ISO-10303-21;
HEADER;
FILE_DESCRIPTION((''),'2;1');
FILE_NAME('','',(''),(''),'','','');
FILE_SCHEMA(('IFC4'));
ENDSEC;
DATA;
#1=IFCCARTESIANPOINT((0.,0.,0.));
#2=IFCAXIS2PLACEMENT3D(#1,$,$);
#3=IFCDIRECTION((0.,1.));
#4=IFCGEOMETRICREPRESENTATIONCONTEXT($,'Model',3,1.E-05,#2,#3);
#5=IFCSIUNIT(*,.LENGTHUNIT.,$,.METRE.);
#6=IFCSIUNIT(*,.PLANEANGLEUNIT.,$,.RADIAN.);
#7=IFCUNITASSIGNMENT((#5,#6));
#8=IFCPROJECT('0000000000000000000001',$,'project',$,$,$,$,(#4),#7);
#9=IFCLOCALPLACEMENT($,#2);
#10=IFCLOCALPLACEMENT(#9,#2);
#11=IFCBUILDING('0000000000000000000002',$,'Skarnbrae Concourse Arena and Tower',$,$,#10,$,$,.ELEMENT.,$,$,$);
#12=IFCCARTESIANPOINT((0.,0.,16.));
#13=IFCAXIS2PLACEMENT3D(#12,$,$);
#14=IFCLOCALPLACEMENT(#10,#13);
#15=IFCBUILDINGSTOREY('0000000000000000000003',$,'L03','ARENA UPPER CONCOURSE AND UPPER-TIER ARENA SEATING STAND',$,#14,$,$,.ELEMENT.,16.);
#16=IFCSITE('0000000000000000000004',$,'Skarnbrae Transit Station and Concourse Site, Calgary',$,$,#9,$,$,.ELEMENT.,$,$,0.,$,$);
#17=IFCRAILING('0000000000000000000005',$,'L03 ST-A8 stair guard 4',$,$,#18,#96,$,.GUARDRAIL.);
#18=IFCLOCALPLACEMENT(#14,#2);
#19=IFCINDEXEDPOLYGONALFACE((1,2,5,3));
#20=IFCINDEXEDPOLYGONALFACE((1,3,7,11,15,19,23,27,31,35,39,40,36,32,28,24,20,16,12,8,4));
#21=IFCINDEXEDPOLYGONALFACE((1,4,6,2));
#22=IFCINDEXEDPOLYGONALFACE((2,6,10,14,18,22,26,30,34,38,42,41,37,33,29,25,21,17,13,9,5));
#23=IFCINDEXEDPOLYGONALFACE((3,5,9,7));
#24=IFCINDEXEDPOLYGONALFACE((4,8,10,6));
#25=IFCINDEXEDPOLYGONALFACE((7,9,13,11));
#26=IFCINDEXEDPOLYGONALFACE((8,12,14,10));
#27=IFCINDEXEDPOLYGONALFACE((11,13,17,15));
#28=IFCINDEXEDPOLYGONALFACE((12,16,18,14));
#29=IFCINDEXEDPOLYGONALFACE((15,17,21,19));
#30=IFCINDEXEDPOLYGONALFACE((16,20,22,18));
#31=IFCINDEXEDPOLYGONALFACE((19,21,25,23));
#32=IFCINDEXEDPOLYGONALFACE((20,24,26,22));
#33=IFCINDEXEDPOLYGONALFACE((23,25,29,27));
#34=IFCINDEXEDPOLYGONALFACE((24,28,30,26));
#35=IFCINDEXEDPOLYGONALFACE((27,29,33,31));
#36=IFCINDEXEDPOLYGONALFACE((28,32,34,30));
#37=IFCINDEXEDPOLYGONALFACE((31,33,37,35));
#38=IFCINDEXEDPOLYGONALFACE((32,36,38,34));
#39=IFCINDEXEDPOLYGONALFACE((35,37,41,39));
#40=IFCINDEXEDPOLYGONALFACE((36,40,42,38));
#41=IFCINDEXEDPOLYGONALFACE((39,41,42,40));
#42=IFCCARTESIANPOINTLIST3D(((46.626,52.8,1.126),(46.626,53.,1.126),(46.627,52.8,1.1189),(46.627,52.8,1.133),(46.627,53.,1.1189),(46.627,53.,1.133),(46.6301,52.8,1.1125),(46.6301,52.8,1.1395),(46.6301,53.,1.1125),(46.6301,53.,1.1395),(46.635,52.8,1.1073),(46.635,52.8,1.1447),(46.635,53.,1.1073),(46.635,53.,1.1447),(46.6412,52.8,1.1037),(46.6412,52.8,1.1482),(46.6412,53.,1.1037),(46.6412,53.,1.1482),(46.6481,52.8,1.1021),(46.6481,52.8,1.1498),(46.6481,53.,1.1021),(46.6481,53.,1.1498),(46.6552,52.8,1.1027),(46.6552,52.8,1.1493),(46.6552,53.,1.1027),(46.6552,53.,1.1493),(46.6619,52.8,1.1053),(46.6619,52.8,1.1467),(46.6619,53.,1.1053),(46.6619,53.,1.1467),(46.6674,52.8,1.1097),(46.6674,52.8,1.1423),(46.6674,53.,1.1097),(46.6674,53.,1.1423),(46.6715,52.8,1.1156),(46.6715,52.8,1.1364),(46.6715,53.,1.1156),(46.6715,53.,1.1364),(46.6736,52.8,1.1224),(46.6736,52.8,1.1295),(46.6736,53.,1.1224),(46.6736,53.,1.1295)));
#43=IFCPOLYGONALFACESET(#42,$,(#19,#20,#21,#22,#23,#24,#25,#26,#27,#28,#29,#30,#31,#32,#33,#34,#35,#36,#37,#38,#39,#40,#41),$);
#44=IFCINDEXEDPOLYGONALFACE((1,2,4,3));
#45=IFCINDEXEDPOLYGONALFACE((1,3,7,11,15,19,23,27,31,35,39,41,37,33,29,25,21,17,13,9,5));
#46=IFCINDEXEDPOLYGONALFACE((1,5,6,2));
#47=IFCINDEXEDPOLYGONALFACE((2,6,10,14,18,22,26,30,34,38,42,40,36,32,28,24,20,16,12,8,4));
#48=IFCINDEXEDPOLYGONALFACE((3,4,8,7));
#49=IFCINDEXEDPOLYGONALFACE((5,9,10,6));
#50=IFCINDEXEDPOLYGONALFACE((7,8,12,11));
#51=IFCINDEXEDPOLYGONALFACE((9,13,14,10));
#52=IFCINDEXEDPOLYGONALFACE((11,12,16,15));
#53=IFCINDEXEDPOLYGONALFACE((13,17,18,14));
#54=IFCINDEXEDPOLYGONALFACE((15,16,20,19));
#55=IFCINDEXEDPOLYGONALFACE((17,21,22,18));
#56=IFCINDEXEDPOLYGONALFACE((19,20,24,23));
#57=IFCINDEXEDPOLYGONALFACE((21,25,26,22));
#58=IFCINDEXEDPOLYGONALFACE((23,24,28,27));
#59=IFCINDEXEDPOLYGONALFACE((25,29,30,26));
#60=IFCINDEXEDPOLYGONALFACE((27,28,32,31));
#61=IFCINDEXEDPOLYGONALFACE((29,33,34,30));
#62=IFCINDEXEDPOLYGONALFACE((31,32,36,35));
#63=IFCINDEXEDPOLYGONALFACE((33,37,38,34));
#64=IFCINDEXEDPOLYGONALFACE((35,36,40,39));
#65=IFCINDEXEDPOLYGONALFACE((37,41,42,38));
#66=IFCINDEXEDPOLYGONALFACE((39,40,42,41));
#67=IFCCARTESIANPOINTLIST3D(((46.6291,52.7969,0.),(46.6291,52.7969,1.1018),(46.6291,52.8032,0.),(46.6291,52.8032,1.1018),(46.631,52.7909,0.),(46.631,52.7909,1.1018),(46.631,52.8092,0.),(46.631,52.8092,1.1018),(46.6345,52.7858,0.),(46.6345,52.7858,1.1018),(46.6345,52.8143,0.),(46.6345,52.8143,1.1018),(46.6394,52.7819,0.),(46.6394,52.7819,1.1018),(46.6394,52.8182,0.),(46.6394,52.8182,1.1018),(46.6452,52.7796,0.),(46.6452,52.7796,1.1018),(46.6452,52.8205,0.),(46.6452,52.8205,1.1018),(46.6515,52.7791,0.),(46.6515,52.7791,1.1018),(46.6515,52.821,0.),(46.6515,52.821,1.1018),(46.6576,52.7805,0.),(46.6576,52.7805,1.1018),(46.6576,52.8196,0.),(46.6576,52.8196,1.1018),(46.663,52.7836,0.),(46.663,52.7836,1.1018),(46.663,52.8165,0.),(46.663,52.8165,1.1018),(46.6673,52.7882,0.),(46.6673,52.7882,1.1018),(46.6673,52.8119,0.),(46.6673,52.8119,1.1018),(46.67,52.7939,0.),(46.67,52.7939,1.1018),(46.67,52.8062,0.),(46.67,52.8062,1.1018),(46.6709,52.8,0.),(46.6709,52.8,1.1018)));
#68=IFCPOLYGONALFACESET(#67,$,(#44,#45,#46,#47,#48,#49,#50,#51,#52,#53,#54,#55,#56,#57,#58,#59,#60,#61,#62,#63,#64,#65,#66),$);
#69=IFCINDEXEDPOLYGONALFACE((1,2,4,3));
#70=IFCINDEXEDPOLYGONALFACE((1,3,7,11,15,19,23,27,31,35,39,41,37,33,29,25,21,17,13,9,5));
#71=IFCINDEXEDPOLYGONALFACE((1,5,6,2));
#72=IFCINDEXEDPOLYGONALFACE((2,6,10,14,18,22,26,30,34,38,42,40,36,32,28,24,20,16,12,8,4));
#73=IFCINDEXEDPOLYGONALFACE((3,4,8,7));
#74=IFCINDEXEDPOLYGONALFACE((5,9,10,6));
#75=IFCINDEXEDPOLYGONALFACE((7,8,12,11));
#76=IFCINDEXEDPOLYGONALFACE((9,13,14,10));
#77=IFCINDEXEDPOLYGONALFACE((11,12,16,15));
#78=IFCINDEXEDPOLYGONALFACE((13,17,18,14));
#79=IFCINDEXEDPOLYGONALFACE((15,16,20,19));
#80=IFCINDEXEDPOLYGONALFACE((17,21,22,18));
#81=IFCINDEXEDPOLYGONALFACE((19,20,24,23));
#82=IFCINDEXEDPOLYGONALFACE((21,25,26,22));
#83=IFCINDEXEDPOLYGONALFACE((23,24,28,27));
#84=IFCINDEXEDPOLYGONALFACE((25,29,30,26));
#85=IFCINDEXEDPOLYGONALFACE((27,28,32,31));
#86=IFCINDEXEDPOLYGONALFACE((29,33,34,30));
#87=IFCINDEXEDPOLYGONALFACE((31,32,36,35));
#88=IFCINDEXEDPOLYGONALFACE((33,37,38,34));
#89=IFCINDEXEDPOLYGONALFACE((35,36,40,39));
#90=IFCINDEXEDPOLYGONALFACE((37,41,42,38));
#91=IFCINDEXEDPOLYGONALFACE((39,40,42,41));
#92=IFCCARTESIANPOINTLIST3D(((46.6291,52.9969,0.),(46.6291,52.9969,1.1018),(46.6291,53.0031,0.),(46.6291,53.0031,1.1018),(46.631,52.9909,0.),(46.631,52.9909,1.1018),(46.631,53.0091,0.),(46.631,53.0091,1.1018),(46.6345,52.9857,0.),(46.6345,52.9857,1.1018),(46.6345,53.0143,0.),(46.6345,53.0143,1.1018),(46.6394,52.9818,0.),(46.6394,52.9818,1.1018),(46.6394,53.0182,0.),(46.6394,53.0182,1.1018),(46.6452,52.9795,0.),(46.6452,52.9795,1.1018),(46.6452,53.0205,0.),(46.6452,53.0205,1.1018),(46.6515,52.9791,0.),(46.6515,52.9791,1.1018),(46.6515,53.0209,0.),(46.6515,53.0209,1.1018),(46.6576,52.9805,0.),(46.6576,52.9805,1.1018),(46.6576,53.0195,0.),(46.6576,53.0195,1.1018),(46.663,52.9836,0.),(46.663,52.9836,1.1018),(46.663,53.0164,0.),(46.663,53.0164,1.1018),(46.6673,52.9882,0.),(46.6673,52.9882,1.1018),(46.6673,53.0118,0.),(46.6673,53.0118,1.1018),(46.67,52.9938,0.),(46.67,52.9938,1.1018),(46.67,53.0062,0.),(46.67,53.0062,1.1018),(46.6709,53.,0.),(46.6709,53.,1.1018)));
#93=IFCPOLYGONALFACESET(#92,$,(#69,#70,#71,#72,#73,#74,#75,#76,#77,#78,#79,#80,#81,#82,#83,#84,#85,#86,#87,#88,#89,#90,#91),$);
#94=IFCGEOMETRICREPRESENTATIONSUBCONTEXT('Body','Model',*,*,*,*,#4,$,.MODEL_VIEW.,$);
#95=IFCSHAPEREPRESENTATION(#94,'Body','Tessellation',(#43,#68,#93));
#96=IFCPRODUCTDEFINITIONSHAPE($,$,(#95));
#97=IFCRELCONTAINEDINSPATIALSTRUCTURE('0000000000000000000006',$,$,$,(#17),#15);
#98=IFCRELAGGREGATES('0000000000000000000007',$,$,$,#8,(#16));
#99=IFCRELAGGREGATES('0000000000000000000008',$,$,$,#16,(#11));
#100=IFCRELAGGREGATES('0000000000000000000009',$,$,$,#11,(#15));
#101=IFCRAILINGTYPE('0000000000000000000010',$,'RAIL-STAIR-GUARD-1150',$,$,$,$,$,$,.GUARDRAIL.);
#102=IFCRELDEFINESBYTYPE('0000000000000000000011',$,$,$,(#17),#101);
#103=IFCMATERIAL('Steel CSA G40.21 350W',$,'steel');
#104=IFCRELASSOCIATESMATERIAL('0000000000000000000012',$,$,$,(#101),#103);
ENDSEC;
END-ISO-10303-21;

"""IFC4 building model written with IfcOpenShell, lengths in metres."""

from ifc_helpers import new_model, si_unit, direction, frame, origin, origin_2d, place, context, subcontext, project, spatial, circle, extrude, material, type_object, element, save


model = new_model("IFC4")

# Units and contexts
model_context = context("Model", 3, precision=1e-05, world=origin(), true_north=direction((0.0, 1.0)))
body_context = subcontext(model_context, "Body", "Model", "MODEL_VIEW")
ifc_project = project(units=[si_unit("LENGTHUNIT", "METRE"), si_unit("PLANEANGLEUNIT", "RADIAN")], contexts=[model_context])

# Site, building, storey
site_placement = place(None, origin())
site = spatial("IfcSite", under=ifc_project, at=site_placement, Name="Skarnbrae Transit Station and Concourse Site, Calgary", CompositionType="ELEMENT", RefElevation=0.0)
building_placement = place(site_placement, origin())
building = spatial("IfcBuilding", under=site, at=building_placement, Name="Skarnbrae Concourse Arena and Tower", CompositionType="ELEMENT")
storey_placement = place(building_placement, frame((0.0, 0.0, 16.0)))
storey = spatial("IfcBuildingStorey", under=building, at=storey_placement, Name="L03", Description="ARENA UPPER CONCOURSE AND UPPER-TIER ARENA SEATING STAND", CompositionType="ELEMENT", Elevation=16.0)

# Shared definitions
ifc_material_1 = material(Name="Steel CSA G40.21 350W", Category="steel")

# Railing
railing_type_1 = type_object("IfcRailingType", Name="RAIL-STAIR-GUARD-1150", PredefinedType="GUARDRAIL", material=ifc_material_1)
railing_1_placement = place(storey_placement, frame((46.6499, 52.8, 0.0)))
element("IfcRailing", 1, at=railing_1_placement, inside=storey, type_object=railing_type_1, Name="L03 ST-A8 stair guard 4", PredefinedType="GUARDRAIL", context=body_context, shape_type="SweptSolid", body=[
    extrude(circle(Radius=0.0239, at=origin_2d()), frame((0.0, 0.0, 1.126), z_axis=(0.0, 1.0, 0.0), x_axis=(-1.0, 0.0, 0.0)), (0.0, 0.0, 1.0), 0.2),
    extrude(circle(Radius=0.021, at=origin_2d()), origin(), (0.0, 0.0, 1.0), 1.1018),
    extrude(circle(Radius=0.021, at=origin_2d()), frame((0.0, 0.2, 0.0)), (0.0, 0.0, 1.0), 1.1018),
])

save(model, "model.ifc")
